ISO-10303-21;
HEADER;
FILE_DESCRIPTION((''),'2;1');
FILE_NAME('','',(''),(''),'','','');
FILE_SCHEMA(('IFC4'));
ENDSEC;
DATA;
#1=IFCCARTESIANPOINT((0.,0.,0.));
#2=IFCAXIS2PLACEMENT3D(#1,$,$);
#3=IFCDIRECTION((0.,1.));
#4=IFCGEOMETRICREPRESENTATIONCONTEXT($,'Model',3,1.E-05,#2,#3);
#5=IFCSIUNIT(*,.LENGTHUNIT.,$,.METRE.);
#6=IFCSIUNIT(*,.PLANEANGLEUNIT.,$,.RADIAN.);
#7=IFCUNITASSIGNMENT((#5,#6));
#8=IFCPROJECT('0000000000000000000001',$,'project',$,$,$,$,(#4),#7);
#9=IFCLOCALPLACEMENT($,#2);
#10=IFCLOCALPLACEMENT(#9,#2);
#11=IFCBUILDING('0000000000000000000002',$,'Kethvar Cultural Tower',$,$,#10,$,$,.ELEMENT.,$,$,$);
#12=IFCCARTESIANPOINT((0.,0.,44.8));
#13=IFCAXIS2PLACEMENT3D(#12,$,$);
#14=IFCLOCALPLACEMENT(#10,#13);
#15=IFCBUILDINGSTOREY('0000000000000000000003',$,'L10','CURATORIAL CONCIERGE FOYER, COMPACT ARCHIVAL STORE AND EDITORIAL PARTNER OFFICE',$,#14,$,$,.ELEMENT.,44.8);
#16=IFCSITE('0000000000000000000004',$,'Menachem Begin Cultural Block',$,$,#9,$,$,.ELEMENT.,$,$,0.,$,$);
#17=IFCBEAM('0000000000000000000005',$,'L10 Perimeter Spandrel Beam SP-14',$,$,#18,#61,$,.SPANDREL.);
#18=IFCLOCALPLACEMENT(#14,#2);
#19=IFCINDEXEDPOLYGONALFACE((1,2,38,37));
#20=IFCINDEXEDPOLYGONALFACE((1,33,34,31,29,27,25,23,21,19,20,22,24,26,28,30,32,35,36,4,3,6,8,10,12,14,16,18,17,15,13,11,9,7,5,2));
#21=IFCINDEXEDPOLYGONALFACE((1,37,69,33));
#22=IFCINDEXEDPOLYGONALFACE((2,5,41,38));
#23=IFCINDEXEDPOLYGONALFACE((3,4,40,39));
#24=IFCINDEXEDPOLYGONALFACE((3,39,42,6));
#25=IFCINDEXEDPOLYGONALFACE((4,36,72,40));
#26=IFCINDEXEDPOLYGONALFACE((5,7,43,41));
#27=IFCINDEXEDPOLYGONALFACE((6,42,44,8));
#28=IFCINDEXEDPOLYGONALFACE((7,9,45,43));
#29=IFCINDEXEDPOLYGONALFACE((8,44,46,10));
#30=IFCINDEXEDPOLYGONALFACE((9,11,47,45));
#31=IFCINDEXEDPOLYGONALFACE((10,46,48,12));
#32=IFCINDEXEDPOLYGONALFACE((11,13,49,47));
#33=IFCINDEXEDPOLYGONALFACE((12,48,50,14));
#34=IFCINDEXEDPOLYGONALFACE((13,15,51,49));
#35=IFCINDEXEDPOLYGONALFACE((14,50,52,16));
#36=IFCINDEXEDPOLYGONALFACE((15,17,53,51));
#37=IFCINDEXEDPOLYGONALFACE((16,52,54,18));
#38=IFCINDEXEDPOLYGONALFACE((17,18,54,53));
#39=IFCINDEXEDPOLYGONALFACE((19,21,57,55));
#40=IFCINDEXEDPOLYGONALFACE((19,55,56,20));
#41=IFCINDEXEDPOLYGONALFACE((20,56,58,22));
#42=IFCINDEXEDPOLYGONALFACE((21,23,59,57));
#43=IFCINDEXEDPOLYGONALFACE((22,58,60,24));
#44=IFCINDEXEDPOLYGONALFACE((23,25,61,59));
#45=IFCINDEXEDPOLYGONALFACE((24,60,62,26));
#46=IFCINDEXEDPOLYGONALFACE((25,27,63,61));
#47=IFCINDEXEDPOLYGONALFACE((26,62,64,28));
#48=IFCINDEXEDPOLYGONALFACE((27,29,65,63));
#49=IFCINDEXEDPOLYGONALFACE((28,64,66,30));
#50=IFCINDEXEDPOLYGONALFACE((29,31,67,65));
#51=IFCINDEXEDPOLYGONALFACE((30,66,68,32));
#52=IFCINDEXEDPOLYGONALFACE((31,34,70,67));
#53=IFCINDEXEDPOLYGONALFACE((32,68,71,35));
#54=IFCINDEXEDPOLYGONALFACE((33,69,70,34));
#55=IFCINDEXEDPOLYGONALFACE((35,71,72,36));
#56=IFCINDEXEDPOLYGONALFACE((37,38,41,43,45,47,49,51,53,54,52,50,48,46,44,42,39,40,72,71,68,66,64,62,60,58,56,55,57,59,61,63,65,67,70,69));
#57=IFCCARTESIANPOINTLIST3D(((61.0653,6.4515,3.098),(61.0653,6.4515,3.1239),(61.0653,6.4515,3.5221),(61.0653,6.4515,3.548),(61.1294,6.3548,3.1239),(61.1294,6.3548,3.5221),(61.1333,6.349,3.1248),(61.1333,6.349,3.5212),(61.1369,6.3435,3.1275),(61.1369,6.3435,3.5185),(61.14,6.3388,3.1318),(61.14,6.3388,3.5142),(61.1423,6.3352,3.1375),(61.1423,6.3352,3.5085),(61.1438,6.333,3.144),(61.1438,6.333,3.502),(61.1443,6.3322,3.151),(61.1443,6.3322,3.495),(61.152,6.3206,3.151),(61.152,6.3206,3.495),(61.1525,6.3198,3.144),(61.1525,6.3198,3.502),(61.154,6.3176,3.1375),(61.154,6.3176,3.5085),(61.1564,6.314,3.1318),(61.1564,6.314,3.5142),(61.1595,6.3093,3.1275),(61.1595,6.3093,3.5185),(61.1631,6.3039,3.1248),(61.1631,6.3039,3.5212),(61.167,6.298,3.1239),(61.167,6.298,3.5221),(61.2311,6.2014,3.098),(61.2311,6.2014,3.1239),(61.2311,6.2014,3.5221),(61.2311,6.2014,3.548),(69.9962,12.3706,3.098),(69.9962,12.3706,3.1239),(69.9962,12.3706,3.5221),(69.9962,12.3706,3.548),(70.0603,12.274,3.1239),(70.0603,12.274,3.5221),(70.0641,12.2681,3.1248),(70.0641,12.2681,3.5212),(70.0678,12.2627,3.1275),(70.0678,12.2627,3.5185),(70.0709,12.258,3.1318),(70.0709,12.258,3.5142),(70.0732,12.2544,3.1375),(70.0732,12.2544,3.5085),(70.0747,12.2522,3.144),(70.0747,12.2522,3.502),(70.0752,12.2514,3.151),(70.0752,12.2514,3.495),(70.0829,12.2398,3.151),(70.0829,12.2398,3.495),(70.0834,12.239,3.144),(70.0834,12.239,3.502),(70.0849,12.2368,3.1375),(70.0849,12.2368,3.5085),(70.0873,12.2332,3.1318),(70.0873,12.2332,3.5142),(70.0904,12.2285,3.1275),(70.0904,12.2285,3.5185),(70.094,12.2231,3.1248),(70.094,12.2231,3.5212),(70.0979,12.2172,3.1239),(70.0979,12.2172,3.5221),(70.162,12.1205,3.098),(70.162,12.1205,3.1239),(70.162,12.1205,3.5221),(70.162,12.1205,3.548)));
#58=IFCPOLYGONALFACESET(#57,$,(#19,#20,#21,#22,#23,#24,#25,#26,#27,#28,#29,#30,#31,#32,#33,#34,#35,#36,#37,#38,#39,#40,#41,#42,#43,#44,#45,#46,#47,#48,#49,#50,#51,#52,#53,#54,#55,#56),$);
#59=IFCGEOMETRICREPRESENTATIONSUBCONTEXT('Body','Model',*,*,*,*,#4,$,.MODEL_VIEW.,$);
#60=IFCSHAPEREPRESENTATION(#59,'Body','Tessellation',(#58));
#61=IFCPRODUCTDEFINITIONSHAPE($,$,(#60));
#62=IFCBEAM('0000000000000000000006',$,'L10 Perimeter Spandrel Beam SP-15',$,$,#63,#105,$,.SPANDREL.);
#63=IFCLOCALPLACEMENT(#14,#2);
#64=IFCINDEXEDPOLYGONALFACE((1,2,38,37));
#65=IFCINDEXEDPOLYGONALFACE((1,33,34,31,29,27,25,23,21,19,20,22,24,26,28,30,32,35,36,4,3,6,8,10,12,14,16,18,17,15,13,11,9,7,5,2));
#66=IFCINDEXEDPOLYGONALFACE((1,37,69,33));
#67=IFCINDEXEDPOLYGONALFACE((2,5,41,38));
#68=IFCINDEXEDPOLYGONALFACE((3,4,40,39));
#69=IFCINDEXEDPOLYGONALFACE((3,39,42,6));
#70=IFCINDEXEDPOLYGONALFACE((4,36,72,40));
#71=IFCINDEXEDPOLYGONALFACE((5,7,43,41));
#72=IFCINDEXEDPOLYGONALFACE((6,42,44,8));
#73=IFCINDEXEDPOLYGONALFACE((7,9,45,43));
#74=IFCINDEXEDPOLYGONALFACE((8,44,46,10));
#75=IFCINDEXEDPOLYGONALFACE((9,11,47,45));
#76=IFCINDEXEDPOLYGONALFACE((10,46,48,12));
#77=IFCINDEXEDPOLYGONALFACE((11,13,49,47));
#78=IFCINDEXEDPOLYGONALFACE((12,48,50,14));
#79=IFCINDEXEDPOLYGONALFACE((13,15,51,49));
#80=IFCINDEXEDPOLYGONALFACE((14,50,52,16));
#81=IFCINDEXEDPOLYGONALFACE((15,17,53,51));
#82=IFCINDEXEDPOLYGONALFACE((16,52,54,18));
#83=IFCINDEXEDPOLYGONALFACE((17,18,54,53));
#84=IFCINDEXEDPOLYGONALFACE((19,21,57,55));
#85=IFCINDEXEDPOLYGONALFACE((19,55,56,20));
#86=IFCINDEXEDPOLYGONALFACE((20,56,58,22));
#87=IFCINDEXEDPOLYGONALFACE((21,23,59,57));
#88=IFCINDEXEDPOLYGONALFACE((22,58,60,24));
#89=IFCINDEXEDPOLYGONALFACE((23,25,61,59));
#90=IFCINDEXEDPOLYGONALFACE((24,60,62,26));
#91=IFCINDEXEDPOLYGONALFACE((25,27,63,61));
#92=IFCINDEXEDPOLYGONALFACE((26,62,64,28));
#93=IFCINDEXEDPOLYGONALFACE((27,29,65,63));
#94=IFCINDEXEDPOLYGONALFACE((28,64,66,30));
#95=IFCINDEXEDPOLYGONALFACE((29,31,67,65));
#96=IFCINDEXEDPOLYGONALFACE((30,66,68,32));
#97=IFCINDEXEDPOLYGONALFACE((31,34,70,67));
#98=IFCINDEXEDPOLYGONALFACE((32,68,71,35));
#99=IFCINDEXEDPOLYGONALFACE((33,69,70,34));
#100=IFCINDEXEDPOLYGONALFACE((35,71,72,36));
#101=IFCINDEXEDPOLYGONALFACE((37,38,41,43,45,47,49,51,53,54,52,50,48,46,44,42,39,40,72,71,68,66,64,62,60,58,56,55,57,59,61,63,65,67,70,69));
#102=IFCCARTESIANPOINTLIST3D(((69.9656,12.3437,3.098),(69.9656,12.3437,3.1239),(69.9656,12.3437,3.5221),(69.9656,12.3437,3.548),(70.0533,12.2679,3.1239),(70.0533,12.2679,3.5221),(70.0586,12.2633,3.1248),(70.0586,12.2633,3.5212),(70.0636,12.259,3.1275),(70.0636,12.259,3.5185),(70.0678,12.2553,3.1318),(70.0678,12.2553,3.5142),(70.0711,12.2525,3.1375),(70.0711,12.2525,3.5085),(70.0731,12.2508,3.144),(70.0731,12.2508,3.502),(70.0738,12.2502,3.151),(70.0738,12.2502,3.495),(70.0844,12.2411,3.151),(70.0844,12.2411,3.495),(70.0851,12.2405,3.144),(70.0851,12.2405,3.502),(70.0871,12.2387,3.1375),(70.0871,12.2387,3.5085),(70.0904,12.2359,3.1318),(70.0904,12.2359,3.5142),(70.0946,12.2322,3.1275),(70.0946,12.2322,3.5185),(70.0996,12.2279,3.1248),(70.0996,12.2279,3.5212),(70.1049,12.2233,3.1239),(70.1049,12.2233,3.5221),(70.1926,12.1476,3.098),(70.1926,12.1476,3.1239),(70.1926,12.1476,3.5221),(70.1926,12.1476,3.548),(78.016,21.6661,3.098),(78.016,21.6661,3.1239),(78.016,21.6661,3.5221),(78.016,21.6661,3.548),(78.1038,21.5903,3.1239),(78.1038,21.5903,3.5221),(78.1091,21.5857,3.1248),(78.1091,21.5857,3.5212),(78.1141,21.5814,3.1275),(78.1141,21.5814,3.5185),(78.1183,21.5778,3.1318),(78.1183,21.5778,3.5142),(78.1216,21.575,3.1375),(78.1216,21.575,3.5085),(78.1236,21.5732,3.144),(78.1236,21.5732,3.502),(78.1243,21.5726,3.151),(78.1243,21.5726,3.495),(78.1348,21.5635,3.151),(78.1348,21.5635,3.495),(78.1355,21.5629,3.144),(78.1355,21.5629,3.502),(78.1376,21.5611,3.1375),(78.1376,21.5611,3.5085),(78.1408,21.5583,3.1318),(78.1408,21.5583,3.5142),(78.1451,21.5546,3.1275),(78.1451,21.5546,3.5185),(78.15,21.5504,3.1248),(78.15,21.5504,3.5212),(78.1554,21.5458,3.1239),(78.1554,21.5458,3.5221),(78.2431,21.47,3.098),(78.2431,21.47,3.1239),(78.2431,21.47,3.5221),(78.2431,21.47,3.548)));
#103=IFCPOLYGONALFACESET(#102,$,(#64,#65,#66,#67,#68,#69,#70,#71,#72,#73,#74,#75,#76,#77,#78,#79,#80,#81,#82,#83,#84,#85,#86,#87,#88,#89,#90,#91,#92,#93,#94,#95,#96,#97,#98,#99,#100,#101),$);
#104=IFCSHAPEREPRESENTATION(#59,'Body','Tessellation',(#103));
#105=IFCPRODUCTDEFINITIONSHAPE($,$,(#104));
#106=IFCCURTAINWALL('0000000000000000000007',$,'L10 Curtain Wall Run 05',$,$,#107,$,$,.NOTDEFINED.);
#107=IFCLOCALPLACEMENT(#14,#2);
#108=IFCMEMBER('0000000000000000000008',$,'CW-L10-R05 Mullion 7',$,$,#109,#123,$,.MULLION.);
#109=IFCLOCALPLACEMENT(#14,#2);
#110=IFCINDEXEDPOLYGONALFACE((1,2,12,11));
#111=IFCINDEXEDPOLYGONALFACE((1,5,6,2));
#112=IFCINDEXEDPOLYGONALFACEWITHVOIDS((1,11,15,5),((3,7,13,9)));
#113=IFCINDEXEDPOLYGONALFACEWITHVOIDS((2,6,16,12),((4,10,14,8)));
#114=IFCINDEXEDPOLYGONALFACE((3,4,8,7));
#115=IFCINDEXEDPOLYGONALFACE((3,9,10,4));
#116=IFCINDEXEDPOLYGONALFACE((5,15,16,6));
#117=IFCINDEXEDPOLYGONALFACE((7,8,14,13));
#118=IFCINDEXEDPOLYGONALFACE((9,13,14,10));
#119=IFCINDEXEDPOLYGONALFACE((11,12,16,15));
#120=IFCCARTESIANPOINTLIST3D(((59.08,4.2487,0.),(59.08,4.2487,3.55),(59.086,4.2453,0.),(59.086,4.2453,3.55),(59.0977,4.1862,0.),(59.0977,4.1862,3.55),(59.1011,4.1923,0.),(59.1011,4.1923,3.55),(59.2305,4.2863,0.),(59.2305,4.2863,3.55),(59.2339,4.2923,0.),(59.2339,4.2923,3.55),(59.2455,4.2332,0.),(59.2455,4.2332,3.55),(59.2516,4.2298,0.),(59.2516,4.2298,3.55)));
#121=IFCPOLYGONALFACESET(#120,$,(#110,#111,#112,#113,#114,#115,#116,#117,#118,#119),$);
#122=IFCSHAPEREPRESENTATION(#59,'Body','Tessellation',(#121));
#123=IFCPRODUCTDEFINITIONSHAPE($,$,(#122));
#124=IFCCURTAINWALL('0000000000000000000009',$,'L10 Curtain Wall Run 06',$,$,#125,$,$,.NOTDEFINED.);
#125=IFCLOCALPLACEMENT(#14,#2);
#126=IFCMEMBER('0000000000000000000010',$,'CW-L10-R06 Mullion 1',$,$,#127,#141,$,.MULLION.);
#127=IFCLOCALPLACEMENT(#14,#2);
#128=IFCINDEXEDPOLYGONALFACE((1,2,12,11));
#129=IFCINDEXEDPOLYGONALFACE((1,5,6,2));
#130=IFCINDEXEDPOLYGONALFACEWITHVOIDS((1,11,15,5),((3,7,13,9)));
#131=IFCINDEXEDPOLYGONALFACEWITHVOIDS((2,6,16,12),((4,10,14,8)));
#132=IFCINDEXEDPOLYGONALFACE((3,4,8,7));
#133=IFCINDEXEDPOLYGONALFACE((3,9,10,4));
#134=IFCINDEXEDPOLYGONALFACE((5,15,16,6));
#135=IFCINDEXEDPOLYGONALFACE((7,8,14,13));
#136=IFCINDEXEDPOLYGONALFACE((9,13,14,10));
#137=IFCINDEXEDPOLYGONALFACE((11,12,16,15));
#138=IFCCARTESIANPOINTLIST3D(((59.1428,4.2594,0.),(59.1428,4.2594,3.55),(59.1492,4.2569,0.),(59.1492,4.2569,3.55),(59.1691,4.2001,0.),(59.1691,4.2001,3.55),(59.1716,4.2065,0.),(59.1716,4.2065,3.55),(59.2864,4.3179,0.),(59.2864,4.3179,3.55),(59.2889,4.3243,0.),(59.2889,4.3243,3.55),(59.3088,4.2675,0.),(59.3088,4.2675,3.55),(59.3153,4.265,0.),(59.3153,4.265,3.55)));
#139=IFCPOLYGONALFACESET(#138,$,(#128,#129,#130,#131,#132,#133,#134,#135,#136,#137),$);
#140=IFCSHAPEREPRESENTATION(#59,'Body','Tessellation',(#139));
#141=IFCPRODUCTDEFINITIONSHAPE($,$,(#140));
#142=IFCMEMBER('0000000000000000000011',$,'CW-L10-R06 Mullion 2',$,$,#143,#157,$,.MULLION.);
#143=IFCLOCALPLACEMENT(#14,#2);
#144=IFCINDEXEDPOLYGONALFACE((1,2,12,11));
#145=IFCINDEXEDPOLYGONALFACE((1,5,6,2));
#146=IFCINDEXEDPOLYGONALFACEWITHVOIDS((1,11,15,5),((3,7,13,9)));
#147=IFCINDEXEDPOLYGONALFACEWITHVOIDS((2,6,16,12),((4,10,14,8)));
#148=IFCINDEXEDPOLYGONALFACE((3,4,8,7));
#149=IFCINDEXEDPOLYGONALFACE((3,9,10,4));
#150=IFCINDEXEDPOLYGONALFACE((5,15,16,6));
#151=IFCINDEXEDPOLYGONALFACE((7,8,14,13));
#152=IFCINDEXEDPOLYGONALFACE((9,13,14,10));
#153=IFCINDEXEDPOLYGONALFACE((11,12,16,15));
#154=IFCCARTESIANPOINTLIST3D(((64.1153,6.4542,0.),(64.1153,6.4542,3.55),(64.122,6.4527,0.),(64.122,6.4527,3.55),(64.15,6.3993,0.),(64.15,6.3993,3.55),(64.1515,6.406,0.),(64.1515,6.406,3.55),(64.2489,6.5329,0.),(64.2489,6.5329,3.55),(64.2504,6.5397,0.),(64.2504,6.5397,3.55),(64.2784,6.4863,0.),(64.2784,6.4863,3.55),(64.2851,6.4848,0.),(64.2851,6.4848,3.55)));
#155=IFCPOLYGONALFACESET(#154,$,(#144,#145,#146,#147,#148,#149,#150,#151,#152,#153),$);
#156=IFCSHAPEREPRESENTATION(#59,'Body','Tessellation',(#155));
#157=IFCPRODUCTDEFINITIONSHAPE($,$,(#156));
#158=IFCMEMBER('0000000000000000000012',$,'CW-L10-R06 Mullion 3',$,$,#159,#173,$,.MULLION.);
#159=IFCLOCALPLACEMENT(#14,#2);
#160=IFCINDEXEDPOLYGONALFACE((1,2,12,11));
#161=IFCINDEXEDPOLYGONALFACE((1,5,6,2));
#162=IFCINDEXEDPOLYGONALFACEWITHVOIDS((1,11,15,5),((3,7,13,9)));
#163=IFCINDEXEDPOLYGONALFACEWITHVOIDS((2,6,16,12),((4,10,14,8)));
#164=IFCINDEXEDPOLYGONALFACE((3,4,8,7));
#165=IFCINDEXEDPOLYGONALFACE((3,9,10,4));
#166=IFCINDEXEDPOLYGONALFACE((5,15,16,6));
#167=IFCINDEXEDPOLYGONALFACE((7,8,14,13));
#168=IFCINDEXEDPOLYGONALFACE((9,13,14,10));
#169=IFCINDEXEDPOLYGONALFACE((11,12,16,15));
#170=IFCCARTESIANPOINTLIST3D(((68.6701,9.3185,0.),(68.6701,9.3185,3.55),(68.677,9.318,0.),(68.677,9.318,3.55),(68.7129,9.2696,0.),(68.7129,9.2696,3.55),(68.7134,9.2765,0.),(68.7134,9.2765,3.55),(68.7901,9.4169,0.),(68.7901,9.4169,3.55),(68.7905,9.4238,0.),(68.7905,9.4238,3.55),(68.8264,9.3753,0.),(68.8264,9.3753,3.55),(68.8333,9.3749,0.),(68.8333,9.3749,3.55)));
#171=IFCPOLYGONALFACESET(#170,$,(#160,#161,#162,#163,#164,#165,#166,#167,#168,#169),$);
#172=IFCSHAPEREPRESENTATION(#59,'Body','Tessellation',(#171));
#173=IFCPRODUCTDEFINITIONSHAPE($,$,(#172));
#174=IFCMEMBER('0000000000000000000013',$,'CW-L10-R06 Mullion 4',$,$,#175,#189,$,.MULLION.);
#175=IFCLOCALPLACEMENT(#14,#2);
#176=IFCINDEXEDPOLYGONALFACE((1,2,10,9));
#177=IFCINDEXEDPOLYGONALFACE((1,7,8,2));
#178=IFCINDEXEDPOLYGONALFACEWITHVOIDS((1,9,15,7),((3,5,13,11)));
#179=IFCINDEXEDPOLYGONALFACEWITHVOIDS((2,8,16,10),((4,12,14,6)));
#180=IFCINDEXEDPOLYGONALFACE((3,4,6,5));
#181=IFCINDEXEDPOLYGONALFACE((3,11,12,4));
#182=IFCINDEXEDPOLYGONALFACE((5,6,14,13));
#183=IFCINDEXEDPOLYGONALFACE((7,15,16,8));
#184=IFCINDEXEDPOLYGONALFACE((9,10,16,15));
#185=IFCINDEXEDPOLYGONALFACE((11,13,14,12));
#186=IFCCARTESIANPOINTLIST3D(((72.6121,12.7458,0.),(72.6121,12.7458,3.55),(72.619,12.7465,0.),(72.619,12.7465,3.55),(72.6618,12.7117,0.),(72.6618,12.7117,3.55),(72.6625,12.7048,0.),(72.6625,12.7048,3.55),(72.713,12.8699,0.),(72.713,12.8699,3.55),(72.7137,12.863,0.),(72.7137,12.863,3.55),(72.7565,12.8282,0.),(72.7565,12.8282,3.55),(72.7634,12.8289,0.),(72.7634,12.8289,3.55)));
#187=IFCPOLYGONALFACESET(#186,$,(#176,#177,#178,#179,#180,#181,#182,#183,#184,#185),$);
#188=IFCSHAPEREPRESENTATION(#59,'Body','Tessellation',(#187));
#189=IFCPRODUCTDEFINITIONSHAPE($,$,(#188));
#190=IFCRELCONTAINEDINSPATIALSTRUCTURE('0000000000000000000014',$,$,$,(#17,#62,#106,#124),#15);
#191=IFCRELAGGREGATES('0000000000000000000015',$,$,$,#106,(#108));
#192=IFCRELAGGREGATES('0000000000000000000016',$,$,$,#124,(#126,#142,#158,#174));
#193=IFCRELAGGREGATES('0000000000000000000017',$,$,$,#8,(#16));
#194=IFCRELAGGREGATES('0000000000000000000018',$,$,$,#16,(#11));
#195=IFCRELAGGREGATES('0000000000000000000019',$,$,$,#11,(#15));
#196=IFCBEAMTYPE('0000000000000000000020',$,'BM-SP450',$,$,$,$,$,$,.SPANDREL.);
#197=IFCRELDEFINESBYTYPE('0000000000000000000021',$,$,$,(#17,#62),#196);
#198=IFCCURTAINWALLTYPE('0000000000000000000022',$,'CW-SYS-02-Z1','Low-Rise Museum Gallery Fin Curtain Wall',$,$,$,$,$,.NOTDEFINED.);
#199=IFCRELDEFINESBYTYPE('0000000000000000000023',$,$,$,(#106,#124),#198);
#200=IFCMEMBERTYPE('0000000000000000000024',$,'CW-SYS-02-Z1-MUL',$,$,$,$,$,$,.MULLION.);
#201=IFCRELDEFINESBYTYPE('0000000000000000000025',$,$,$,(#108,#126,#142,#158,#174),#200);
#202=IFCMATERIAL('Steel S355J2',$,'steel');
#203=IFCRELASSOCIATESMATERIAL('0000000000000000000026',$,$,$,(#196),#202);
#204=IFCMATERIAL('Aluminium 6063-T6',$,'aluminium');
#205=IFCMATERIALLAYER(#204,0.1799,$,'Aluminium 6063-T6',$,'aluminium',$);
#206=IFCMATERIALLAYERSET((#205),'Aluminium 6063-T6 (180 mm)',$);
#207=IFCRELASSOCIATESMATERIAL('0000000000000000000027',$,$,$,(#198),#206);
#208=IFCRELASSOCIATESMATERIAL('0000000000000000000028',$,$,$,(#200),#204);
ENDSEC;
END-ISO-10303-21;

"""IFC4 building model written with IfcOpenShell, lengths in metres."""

from ifc_helpers import new_model, si_unit, direction, frame, origin, origin_2d, place, context, subcontext, project, spatial, hollow_rectangle, i_section, extrude, source, transform, mapped, material, layer, layer_set, material_profile, profile_set, type_object, element, aggregate, save


model = new_model("IFC4")

# Units and contexts
model_context = context("Model", 3, precision=1e-05, world=origin(), true_north=direction((0.0, 1.0)))
body_context = subcontext(model_context, "Body", "Model", "MODEL_VIEW")
ifc_project = project(units=[si_unit("LENGTHUNIT", "METRE"), si_unit("PLANEANGLEUNIT", "RADIAN")], contexts=[model_context])

# Site, building, storey
site_placement = place(None, origin())
site = spatial("IfcSite", under=ifc_project, at=site_placement, Name="Menachem Begin Cultural Block", CompositionType="ELEMENT", RefElevation=0.0)
building_placement = place(site_placement, origin())
building = spatial("IfcBuilding", under=site, at=building_placement, Name="Kethvar Cultural Tower", CompositionType="ELEMENT")
storey_placement = place(building_placement, frame((0.0, 0.0, 44.8)))
storey = spatial("IfcBuildingStorey", under=building, at=storey_placement, Name="L10", Description="CURATORIAL CONCIERGE FOYER, COMPACT ARCHIVAL STORE AND EDITORIAL PARTNER OFFICE", CompositionType="ELEMENT", Elevation=44.8)

# Beams
ifc_material_1 = material(Name="Steel S355J2", Category="steel")
ifc_material_profile_1 = material_profile(ifc_material_1, i_section(OverallWidth=0.3, OverallDepth=0.45, WebThickness=0.0139, FlangeThickness=0.0259, FilletRadius=0.0271, at=origin_2d()), Name="Steel S355J2 — HEB450")
ifc_profile_set_1 = profile_set([ifc_material_profile_1], Name="Steel S355J2 — HEB450")
beam_type_1 = type_object("IfcBeamType", Name="BM-SP450", PredefinedType="SPANDREL", material=ifc_profile_set_1)
shared_shape_1 = source(origin(), body_context, "Body", "SweptSolid", [
    extrude(i_section(OverallWidth=0.3, OverallDepth=0.45, WebThickness=0.0139, FlangeThickness=0.0259, FilletRadius=0.0271, at=origin_2d()), origin(), (0.0, 0.0, 1.0), 10.7144),
])
beam_1_placement = place(storey_placement, frame((61.1482, 6.3264, 3.323), z_axis=(0.833544, 0.552453, 0.0), x_axis=(-0.552453, 0.833544, 0.0)))
element("IfcBeam", 1, at=beam_1_placement, inside=storey, type_object=beam_type_1, Name="L10 Perimeter Spandrel Beam SP-14", PredefinedType="SPANDREL", context=body_context, shape_type="MappedRepresentation", body=[
    mapped(shared_shape_1, transform((0.0, 0.0, 0.0), scale=1.0)),
])
shared_shape_2 = source(origin(), body_context, "Body", "SweptSolid", [
    extrude(i_section(OverallWidth=0.3, OverallDepth=0.45, WebThickness=0.0139, FlangeThickness=0.0259, FilletRadius=0.0271, at=origin_2d()), origin(), (0.0, 0.0, 1.0), 12.3174),
])
beam_2_placement = place(storey_placement, frame((70.0791, 12.2456, 3.323), z_axis=(0.653586, 0.756852, 0.0), x_axis=(-0.756852, 0.653586, 0.0)))
element("IfcBeam", 2, at=beam_2_placement, inside=storey, type_object=beam_type_1, Name="L10 Perimeter Spandrel Beam SP-15", PredefinedType="SPANDREL", context=body_context, shape_type="MappedRepresentation", body=[
    mapped(shared_shape_2, transform((0.0, 0.0, 0.0), scale=1.0)),
])

# Curtain wall, member
ifc_material_2 = material(Name="Aluminium 6063-T6", Category="aluminium")
ifc_layer_1 = layer(ifc_material_2, 0.1799, Name="Aluminium 6063-T6", Category="aluminium")
ifc_layer_set_1 = layer_set([ifc_layer_1], Name="Aluminium 6063-T6 (180 mm)")
curtain_wall_type = type_object("IfcCurtainWallType", Name="CW-SYS-02-Z1", Description="Low-Rise Museum Gallery Fin Curtain Wall", PredefinedType="NOTDEFINED", material=ifc_layer_set_1)
curtain_wall_1_placement = place(storey_placement, origin())
curtain_wall_1 = element("IfcCurtainWall", 3, at=curtain_wall_1_placement, inside=storey, type_object=curtain_wall_type, Name="L10 Curtain Wall Run 05", PredefinedType="NOTDEFINED")
ifc_material_profile_2 = material_profile(ifc_material_2, hollow_rectangle(XDim=0.0649, YDim=0.1599, WallThickness=0.0049, at=origin_2d()), Name="Aluminium 6063-T6 — RHS160x65x5")
ifc_profile_set_2 = profile_set([ifc_material_profile_2], Name="Aluminium 6063-T6 — RHS160x65x5")
member_type_1 = type_object("IfcMemberType", Name="CW-SYS-02-Z1-MUL", PredefinedType="MULLION", material=ifc_profile_set_2)
shared_shape_3 = source(origin(), body_context, "Body", "SweptSolid", [
    extrude(hollow_rectangle(XDim=0.0649, YDim=0.1599, WallThickness=0.0049, at=origin_2d()), origin(), (0.0, 0.0, 1.0), 3.55),
])
member_1_placement = place(storey_placement, frame((59.1658, 4.2393, 0.0), z_axis=(0.0, 0.0, 1.0), x_axis=(-0.272532, 0.962147, 0.0)))
member_1 = element("IfcMember", 4, at=member_1_placement, type_object=member_type_1, Name="CW-L10-R05 Mullion 7", PredefinedType="MULLION", context=body_context, shape_type="MappedRepresentation", body=[
    mapped(shared_shape_3, transform((0.0, 0.0, 0.0), scale=1.0)),
])
aggregate(curtain_wall_1, [member_1])

# Curtain wall, members
curtain_wall_2_placement = place(storey_placement, origin())
curtain_wall_2 = element("IfcCurtainWall", 5, at=curtain_wall_2_placement, inside=storey, type_object=curtain_wall_type, Name="L10 Curtain Wall Run 06", PredefinedType="NOTDEFINED")
member_2_placement = place(storey_placement, frame((59.229, 4.2622, 0.0), z_axis=(0.0, 0.0, 1.0), x_axis=(-0.406035, 0.913858, 0.0)))
member_2 = element("IfcMember", 6, at=member_2_placement, type_object=member_type_1, Name="CW-L10-R06 Mullion 1", PredefinedType="MULLION", context=body_context, shape_type="MappedRepresentation", body=[
    mapped(shared_shape_3, transform((0.0, 0.0, 0.0), scale=1.0)),
])
member_3_placement = place(storey_placement, frame((64.2002, 6.4695, 0.0), z_axis=(0.0, 0.0, 1.0), x_axis=(-0.534574, 0.845122, 0.0)))
member_3 = element("IfcMember", 7, at=member_3_placement, type_object=member_type_1, Name="CW-L10-R06 Mullion 2", PredefinedType="MULLION", context=body_context, shape_type="MappedRepresentation", body=[
    mapped(shared_shape_3, transform((0.0, 0.0, 0.0), scale=1.0)),
])
member_4_placement = place(storey_placement, frame((68.7517, 9.3467, 0.0), z_axis=(0.0, 0.0, 1.0), x_axis=(-0.658387, 0.752679, 0.0)))
member_4 = element("IfcMember", 8, at=member_4_placement, type_object=member_type_1, Name="CW-L10-R06 Mullion 3", PredefinedType="MULLION", context=body_context, shape_type="MappedRepresentation", body=[
    mapped(shared_shape_3, transform((0.0, 0.0, 0.0), scale=1.0)),
])
member_5_placement = place(storey_placement, frame((72.6877, 12.7874, 0.0), z_axis=(0.0, 0.0, 1.0), x_axis=(-0.775705, 0.631096, 0.0)))
member_5 = element("IfcMember", 9, at=member_5_placement, type_object=member_type_1, Name="CW-L10-R06 Mullion 4", PredefinedType="MULLION", context=body_context, shape_type="MappedRepresentation", body=[
    mapped(shared_shape_3, transform((0.0, 0.0, 0.0), scale=1.0)),
])
aggregate(curtain_wall_2, [member_2, member_3, member_4, member_5])

save(model, "model.ifc")
